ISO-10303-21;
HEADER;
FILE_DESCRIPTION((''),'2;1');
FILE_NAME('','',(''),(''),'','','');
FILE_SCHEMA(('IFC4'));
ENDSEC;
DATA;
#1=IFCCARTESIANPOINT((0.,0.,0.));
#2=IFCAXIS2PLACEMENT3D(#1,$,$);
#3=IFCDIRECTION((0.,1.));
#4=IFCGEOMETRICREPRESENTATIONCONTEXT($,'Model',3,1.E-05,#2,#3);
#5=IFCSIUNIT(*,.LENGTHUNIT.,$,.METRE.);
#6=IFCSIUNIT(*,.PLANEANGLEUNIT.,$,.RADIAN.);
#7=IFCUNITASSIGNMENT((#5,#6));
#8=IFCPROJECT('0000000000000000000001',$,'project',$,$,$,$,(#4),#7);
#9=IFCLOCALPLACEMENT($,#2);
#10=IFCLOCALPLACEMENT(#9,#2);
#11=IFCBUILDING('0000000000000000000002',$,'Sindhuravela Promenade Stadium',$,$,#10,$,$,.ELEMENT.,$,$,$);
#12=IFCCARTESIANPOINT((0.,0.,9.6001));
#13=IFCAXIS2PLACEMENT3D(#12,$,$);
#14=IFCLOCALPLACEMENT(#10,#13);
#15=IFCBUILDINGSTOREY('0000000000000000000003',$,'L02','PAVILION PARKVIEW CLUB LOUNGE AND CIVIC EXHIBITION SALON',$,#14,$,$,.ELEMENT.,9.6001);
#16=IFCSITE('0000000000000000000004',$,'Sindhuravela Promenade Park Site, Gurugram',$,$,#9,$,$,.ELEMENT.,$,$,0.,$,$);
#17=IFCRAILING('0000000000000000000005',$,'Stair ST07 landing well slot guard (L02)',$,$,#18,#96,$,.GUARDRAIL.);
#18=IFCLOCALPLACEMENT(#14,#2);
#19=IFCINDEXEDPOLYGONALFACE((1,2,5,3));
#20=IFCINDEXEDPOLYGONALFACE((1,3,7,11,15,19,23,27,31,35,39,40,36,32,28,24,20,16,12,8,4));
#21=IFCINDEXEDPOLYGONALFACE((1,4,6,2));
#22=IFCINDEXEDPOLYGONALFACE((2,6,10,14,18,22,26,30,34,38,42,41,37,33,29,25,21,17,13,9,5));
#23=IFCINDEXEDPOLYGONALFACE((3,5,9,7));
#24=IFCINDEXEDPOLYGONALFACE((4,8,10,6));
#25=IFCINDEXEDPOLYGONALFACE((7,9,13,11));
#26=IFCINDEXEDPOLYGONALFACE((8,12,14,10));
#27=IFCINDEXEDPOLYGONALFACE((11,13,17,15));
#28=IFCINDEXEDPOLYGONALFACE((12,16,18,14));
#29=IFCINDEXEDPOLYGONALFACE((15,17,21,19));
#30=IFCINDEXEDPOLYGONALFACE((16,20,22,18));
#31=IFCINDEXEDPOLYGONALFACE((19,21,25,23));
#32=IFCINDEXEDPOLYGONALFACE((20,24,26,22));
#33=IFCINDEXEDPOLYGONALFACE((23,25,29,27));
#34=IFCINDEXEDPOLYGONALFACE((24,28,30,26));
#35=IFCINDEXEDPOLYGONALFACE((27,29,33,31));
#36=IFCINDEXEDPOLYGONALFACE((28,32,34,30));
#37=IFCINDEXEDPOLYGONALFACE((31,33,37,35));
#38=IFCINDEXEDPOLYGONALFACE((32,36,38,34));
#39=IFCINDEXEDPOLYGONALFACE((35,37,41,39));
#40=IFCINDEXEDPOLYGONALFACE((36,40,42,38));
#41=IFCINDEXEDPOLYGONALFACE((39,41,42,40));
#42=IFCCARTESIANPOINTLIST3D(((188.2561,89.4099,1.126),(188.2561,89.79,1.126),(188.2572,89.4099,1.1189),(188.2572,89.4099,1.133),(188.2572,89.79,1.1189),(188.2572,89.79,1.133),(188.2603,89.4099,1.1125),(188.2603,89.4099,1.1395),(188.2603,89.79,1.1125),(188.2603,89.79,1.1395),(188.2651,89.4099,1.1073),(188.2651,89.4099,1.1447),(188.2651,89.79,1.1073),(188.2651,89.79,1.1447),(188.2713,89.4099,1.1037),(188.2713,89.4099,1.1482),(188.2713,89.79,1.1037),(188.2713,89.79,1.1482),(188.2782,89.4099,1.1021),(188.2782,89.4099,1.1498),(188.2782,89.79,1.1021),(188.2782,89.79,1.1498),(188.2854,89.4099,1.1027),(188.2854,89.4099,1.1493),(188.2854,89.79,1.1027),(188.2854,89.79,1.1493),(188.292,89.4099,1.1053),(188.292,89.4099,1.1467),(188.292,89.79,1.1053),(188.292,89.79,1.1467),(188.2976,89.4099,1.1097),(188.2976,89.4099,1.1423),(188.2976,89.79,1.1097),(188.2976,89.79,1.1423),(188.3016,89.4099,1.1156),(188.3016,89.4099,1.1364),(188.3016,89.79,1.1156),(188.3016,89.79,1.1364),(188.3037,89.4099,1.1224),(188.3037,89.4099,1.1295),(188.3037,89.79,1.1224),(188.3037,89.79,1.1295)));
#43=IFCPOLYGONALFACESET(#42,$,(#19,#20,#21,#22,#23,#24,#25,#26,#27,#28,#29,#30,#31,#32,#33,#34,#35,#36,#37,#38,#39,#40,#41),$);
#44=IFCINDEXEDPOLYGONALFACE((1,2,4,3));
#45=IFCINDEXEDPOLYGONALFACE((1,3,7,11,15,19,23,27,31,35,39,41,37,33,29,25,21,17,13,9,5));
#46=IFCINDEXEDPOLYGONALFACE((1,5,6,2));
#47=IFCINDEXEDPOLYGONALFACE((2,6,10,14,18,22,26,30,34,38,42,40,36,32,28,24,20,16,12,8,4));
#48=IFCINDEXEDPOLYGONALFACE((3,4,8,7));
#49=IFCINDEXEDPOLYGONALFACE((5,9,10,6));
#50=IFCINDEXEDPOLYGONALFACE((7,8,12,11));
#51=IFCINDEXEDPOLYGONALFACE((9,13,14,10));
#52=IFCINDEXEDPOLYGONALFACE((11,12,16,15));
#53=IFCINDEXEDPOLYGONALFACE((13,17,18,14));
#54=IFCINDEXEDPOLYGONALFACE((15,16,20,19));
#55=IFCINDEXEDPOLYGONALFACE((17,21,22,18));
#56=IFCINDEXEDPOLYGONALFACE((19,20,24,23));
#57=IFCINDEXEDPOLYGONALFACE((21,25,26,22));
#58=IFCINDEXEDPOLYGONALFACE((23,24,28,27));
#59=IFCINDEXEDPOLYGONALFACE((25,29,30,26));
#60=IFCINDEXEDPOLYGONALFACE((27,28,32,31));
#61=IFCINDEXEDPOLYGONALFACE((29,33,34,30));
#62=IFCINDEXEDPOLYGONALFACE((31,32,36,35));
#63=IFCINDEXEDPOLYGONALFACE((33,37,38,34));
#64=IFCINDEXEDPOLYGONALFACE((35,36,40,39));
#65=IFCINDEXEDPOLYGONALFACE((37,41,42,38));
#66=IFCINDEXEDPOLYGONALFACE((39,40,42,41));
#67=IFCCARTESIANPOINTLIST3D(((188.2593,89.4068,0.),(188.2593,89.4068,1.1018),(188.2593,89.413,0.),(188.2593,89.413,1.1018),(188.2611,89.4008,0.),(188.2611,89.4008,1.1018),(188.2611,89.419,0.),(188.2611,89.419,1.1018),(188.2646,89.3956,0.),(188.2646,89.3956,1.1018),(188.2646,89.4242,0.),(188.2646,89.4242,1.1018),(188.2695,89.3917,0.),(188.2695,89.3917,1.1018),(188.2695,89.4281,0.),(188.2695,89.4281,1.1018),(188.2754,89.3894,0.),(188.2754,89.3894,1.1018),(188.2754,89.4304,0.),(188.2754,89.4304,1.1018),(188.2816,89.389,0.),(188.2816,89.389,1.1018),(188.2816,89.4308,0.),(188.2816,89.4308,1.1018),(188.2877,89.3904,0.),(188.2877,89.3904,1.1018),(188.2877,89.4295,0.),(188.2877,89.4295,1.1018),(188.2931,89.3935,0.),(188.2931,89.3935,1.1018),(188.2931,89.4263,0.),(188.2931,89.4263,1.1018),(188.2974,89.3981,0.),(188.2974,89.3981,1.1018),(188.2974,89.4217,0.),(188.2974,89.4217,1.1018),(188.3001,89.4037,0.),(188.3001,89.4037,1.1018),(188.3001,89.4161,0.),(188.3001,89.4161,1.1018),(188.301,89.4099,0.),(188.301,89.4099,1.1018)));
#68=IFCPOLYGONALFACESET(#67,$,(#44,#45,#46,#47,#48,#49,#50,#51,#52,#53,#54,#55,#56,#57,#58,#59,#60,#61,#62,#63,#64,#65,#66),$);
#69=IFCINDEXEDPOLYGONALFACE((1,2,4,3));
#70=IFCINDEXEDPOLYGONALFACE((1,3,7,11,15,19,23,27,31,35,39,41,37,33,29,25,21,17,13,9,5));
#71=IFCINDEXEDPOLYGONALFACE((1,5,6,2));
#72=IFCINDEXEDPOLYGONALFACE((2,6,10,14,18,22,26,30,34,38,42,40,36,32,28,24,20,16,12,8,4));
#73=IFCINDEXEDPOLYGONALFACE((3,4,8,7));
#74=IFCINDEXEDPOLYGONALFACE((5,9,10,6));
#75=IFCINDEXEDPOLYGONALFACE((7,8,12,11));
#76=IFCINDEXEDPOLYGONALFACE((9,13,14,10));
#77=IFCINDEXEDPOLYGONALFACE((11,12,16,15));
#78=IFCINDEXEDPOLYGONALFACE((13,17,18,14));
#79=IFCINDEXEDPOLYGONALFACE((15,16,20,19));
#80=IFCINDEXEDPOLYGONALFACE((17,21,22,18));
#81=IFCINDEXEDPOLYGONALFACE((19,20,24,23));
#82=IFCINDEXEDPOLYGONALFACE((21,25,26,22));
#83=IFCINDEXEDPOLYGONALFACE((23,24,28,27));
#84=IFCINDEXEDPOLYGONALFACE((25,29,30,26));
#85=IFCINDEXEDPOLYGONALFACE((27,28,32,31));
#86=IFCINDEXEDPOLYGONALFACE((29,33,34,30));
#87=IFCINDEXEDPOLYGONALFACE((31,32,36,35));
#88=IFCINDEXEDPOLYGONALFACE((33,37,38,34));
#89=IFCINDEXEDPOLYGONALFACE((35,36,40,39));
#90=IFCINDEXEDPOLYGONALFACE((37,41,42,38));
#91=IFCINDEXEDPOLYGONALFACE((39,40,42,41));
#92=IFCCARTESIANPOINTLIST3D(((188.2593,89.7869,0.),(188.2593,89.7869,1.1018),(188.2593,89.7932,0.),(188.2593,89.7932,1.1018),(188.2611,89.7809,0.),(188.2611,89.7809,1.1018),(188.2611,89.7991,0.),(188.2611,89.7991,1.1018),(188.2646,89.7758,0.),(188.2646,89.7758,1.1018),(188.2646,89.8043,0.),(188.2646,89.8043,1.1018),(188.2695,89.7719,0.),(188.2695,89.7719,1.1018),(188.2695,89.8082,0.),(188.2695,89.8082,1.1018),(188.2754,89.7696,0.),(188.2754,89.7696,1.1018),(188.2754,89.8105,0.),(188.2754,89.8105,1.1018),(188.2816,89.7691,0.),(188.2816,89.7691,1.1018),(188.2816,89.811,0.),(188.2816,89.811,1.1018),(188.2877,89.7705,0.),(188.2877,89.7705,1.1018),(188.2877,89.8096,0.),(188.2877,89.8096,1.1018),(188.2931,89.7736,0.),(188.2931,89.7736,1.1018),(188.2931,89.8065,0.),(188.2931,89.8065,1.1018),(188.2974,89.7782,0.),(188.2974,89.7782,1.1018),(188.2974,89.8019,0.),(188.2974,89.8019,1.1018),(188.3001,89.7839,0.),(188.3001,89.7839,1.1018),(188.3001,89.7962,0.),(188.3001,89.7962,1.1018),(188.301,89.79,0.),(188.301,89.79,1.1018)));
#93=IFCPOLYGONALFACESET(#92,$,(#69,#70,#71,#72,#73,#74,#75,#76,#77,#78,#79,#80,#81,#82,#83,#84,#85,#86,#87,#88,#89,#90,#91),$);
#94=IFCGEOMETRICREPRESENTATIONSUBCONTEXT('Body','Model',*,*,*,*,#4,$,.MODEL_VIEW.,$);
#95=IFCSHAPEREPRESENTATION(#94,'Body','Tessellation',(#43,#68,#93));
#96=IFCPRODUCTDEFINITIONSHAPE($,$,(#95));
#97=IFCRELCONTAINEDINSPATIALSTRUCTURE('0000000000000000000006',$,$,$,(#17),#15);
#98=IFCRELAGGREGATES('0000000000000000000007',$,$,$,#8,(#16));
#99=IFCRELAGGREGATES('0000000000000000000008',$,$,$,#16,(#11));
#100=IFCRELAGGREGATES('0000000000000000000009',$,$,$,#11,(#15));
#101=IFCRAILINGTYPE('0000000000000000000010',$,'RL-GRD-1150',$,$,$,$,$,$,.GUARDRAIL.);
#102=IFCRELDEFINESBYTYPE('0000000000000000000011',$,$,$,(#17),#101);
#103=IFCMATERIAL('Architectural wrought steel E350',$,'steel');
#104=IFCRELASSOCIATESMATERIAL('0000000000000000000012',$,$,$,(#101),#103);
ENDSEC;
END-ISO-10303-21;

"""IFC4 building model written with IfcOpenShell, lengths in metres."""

from ifc_helpers import new_model, si_unit, direction, frame, origin, origin_2d, place, context, subcontext, project, spatial, circle, extrude, material, type_object, element, save


model = new_model("IFC4")

# Units and contexts
model_context = context("Model", 3, precision=1e-05, world=origin(), true_north=direction((0.0, 1.0)))
body_context = subcontext(model_context, "Body", "Model", "MODEL_VIEW")
ifc_project = project(units=[si_unit("LENGTHUNIT", "METRE"), si_unit("PLANEANGLEUNIT", "RADIAN")], contexts=[model_context])

# Site, building, storey
site_placement = place(None, origin())
site = spatial("IfcSite", under=ifc_project, at=site_placement, Name="Sindhuravela Promenade Park Site, Gurugram", CompositionType="ELEMENT", RefElevation=0.0)
building_placement = place(site_placement, origin())
building = spatial("IfcBuilding", under=site, at=building_placement, Name="Sindhuravela Promenade Stadium", CompositionType="ELEMENT")
storey_placement = place(building_placement, frame((0.0, 0.0, 9.6001)))
storey = spatial("IfcBuildingStorey", under=building, at=storey_placement, Name="L02", Description="PAVILION PARKVIEW CLUB LOUNGE AND CIVIC EXHIBITION SALON", CompositionType="ELEMENT", Elevation=9.6001)

# Shared definitions
ifc_material_1 = material(Name="Architectural wrought steel E350", Category="steel")

# Railing
railing_type_1 = type_object("IfcRailingType", Name="RL-GRD-1150", PredefinedType="GUARDRAIL", material=ifc_material_1)
railing_1_placement = place(storey_placement, frame((188.28, 89.4099, 0.0)))
element("IfcRailing", 1, at=railing_1_placement, inside=storey, type_object=railing_type_1, Name="Stair ST07 landing well slot guard (L02)", PredefinedType="GUARDRAIL", context=body_context, shape_type="SweptSolid", body=[
    extrude(circle(Radius=0.0239, at=origin_2d()), frame((0.0, 0.0, 1.126), z_axis=(0.0, 1.0, 0.0), x_axis=(-1.0, 0.0, 0.0)), (0.0, 0.0, 1.0), 0.3801),
    extrude(circle(Radius=0.021, at=origin_2d()), origin(), (0.0, 0.0, 1.0), 1.1018),
    extrude(circle(Radius=0.021, at=origin_2d()), frame((0.0, 0.3801, 0.0)), (0.0, 0.0, 1.0), 1.1018),
])

save(model, "model.ifc")
